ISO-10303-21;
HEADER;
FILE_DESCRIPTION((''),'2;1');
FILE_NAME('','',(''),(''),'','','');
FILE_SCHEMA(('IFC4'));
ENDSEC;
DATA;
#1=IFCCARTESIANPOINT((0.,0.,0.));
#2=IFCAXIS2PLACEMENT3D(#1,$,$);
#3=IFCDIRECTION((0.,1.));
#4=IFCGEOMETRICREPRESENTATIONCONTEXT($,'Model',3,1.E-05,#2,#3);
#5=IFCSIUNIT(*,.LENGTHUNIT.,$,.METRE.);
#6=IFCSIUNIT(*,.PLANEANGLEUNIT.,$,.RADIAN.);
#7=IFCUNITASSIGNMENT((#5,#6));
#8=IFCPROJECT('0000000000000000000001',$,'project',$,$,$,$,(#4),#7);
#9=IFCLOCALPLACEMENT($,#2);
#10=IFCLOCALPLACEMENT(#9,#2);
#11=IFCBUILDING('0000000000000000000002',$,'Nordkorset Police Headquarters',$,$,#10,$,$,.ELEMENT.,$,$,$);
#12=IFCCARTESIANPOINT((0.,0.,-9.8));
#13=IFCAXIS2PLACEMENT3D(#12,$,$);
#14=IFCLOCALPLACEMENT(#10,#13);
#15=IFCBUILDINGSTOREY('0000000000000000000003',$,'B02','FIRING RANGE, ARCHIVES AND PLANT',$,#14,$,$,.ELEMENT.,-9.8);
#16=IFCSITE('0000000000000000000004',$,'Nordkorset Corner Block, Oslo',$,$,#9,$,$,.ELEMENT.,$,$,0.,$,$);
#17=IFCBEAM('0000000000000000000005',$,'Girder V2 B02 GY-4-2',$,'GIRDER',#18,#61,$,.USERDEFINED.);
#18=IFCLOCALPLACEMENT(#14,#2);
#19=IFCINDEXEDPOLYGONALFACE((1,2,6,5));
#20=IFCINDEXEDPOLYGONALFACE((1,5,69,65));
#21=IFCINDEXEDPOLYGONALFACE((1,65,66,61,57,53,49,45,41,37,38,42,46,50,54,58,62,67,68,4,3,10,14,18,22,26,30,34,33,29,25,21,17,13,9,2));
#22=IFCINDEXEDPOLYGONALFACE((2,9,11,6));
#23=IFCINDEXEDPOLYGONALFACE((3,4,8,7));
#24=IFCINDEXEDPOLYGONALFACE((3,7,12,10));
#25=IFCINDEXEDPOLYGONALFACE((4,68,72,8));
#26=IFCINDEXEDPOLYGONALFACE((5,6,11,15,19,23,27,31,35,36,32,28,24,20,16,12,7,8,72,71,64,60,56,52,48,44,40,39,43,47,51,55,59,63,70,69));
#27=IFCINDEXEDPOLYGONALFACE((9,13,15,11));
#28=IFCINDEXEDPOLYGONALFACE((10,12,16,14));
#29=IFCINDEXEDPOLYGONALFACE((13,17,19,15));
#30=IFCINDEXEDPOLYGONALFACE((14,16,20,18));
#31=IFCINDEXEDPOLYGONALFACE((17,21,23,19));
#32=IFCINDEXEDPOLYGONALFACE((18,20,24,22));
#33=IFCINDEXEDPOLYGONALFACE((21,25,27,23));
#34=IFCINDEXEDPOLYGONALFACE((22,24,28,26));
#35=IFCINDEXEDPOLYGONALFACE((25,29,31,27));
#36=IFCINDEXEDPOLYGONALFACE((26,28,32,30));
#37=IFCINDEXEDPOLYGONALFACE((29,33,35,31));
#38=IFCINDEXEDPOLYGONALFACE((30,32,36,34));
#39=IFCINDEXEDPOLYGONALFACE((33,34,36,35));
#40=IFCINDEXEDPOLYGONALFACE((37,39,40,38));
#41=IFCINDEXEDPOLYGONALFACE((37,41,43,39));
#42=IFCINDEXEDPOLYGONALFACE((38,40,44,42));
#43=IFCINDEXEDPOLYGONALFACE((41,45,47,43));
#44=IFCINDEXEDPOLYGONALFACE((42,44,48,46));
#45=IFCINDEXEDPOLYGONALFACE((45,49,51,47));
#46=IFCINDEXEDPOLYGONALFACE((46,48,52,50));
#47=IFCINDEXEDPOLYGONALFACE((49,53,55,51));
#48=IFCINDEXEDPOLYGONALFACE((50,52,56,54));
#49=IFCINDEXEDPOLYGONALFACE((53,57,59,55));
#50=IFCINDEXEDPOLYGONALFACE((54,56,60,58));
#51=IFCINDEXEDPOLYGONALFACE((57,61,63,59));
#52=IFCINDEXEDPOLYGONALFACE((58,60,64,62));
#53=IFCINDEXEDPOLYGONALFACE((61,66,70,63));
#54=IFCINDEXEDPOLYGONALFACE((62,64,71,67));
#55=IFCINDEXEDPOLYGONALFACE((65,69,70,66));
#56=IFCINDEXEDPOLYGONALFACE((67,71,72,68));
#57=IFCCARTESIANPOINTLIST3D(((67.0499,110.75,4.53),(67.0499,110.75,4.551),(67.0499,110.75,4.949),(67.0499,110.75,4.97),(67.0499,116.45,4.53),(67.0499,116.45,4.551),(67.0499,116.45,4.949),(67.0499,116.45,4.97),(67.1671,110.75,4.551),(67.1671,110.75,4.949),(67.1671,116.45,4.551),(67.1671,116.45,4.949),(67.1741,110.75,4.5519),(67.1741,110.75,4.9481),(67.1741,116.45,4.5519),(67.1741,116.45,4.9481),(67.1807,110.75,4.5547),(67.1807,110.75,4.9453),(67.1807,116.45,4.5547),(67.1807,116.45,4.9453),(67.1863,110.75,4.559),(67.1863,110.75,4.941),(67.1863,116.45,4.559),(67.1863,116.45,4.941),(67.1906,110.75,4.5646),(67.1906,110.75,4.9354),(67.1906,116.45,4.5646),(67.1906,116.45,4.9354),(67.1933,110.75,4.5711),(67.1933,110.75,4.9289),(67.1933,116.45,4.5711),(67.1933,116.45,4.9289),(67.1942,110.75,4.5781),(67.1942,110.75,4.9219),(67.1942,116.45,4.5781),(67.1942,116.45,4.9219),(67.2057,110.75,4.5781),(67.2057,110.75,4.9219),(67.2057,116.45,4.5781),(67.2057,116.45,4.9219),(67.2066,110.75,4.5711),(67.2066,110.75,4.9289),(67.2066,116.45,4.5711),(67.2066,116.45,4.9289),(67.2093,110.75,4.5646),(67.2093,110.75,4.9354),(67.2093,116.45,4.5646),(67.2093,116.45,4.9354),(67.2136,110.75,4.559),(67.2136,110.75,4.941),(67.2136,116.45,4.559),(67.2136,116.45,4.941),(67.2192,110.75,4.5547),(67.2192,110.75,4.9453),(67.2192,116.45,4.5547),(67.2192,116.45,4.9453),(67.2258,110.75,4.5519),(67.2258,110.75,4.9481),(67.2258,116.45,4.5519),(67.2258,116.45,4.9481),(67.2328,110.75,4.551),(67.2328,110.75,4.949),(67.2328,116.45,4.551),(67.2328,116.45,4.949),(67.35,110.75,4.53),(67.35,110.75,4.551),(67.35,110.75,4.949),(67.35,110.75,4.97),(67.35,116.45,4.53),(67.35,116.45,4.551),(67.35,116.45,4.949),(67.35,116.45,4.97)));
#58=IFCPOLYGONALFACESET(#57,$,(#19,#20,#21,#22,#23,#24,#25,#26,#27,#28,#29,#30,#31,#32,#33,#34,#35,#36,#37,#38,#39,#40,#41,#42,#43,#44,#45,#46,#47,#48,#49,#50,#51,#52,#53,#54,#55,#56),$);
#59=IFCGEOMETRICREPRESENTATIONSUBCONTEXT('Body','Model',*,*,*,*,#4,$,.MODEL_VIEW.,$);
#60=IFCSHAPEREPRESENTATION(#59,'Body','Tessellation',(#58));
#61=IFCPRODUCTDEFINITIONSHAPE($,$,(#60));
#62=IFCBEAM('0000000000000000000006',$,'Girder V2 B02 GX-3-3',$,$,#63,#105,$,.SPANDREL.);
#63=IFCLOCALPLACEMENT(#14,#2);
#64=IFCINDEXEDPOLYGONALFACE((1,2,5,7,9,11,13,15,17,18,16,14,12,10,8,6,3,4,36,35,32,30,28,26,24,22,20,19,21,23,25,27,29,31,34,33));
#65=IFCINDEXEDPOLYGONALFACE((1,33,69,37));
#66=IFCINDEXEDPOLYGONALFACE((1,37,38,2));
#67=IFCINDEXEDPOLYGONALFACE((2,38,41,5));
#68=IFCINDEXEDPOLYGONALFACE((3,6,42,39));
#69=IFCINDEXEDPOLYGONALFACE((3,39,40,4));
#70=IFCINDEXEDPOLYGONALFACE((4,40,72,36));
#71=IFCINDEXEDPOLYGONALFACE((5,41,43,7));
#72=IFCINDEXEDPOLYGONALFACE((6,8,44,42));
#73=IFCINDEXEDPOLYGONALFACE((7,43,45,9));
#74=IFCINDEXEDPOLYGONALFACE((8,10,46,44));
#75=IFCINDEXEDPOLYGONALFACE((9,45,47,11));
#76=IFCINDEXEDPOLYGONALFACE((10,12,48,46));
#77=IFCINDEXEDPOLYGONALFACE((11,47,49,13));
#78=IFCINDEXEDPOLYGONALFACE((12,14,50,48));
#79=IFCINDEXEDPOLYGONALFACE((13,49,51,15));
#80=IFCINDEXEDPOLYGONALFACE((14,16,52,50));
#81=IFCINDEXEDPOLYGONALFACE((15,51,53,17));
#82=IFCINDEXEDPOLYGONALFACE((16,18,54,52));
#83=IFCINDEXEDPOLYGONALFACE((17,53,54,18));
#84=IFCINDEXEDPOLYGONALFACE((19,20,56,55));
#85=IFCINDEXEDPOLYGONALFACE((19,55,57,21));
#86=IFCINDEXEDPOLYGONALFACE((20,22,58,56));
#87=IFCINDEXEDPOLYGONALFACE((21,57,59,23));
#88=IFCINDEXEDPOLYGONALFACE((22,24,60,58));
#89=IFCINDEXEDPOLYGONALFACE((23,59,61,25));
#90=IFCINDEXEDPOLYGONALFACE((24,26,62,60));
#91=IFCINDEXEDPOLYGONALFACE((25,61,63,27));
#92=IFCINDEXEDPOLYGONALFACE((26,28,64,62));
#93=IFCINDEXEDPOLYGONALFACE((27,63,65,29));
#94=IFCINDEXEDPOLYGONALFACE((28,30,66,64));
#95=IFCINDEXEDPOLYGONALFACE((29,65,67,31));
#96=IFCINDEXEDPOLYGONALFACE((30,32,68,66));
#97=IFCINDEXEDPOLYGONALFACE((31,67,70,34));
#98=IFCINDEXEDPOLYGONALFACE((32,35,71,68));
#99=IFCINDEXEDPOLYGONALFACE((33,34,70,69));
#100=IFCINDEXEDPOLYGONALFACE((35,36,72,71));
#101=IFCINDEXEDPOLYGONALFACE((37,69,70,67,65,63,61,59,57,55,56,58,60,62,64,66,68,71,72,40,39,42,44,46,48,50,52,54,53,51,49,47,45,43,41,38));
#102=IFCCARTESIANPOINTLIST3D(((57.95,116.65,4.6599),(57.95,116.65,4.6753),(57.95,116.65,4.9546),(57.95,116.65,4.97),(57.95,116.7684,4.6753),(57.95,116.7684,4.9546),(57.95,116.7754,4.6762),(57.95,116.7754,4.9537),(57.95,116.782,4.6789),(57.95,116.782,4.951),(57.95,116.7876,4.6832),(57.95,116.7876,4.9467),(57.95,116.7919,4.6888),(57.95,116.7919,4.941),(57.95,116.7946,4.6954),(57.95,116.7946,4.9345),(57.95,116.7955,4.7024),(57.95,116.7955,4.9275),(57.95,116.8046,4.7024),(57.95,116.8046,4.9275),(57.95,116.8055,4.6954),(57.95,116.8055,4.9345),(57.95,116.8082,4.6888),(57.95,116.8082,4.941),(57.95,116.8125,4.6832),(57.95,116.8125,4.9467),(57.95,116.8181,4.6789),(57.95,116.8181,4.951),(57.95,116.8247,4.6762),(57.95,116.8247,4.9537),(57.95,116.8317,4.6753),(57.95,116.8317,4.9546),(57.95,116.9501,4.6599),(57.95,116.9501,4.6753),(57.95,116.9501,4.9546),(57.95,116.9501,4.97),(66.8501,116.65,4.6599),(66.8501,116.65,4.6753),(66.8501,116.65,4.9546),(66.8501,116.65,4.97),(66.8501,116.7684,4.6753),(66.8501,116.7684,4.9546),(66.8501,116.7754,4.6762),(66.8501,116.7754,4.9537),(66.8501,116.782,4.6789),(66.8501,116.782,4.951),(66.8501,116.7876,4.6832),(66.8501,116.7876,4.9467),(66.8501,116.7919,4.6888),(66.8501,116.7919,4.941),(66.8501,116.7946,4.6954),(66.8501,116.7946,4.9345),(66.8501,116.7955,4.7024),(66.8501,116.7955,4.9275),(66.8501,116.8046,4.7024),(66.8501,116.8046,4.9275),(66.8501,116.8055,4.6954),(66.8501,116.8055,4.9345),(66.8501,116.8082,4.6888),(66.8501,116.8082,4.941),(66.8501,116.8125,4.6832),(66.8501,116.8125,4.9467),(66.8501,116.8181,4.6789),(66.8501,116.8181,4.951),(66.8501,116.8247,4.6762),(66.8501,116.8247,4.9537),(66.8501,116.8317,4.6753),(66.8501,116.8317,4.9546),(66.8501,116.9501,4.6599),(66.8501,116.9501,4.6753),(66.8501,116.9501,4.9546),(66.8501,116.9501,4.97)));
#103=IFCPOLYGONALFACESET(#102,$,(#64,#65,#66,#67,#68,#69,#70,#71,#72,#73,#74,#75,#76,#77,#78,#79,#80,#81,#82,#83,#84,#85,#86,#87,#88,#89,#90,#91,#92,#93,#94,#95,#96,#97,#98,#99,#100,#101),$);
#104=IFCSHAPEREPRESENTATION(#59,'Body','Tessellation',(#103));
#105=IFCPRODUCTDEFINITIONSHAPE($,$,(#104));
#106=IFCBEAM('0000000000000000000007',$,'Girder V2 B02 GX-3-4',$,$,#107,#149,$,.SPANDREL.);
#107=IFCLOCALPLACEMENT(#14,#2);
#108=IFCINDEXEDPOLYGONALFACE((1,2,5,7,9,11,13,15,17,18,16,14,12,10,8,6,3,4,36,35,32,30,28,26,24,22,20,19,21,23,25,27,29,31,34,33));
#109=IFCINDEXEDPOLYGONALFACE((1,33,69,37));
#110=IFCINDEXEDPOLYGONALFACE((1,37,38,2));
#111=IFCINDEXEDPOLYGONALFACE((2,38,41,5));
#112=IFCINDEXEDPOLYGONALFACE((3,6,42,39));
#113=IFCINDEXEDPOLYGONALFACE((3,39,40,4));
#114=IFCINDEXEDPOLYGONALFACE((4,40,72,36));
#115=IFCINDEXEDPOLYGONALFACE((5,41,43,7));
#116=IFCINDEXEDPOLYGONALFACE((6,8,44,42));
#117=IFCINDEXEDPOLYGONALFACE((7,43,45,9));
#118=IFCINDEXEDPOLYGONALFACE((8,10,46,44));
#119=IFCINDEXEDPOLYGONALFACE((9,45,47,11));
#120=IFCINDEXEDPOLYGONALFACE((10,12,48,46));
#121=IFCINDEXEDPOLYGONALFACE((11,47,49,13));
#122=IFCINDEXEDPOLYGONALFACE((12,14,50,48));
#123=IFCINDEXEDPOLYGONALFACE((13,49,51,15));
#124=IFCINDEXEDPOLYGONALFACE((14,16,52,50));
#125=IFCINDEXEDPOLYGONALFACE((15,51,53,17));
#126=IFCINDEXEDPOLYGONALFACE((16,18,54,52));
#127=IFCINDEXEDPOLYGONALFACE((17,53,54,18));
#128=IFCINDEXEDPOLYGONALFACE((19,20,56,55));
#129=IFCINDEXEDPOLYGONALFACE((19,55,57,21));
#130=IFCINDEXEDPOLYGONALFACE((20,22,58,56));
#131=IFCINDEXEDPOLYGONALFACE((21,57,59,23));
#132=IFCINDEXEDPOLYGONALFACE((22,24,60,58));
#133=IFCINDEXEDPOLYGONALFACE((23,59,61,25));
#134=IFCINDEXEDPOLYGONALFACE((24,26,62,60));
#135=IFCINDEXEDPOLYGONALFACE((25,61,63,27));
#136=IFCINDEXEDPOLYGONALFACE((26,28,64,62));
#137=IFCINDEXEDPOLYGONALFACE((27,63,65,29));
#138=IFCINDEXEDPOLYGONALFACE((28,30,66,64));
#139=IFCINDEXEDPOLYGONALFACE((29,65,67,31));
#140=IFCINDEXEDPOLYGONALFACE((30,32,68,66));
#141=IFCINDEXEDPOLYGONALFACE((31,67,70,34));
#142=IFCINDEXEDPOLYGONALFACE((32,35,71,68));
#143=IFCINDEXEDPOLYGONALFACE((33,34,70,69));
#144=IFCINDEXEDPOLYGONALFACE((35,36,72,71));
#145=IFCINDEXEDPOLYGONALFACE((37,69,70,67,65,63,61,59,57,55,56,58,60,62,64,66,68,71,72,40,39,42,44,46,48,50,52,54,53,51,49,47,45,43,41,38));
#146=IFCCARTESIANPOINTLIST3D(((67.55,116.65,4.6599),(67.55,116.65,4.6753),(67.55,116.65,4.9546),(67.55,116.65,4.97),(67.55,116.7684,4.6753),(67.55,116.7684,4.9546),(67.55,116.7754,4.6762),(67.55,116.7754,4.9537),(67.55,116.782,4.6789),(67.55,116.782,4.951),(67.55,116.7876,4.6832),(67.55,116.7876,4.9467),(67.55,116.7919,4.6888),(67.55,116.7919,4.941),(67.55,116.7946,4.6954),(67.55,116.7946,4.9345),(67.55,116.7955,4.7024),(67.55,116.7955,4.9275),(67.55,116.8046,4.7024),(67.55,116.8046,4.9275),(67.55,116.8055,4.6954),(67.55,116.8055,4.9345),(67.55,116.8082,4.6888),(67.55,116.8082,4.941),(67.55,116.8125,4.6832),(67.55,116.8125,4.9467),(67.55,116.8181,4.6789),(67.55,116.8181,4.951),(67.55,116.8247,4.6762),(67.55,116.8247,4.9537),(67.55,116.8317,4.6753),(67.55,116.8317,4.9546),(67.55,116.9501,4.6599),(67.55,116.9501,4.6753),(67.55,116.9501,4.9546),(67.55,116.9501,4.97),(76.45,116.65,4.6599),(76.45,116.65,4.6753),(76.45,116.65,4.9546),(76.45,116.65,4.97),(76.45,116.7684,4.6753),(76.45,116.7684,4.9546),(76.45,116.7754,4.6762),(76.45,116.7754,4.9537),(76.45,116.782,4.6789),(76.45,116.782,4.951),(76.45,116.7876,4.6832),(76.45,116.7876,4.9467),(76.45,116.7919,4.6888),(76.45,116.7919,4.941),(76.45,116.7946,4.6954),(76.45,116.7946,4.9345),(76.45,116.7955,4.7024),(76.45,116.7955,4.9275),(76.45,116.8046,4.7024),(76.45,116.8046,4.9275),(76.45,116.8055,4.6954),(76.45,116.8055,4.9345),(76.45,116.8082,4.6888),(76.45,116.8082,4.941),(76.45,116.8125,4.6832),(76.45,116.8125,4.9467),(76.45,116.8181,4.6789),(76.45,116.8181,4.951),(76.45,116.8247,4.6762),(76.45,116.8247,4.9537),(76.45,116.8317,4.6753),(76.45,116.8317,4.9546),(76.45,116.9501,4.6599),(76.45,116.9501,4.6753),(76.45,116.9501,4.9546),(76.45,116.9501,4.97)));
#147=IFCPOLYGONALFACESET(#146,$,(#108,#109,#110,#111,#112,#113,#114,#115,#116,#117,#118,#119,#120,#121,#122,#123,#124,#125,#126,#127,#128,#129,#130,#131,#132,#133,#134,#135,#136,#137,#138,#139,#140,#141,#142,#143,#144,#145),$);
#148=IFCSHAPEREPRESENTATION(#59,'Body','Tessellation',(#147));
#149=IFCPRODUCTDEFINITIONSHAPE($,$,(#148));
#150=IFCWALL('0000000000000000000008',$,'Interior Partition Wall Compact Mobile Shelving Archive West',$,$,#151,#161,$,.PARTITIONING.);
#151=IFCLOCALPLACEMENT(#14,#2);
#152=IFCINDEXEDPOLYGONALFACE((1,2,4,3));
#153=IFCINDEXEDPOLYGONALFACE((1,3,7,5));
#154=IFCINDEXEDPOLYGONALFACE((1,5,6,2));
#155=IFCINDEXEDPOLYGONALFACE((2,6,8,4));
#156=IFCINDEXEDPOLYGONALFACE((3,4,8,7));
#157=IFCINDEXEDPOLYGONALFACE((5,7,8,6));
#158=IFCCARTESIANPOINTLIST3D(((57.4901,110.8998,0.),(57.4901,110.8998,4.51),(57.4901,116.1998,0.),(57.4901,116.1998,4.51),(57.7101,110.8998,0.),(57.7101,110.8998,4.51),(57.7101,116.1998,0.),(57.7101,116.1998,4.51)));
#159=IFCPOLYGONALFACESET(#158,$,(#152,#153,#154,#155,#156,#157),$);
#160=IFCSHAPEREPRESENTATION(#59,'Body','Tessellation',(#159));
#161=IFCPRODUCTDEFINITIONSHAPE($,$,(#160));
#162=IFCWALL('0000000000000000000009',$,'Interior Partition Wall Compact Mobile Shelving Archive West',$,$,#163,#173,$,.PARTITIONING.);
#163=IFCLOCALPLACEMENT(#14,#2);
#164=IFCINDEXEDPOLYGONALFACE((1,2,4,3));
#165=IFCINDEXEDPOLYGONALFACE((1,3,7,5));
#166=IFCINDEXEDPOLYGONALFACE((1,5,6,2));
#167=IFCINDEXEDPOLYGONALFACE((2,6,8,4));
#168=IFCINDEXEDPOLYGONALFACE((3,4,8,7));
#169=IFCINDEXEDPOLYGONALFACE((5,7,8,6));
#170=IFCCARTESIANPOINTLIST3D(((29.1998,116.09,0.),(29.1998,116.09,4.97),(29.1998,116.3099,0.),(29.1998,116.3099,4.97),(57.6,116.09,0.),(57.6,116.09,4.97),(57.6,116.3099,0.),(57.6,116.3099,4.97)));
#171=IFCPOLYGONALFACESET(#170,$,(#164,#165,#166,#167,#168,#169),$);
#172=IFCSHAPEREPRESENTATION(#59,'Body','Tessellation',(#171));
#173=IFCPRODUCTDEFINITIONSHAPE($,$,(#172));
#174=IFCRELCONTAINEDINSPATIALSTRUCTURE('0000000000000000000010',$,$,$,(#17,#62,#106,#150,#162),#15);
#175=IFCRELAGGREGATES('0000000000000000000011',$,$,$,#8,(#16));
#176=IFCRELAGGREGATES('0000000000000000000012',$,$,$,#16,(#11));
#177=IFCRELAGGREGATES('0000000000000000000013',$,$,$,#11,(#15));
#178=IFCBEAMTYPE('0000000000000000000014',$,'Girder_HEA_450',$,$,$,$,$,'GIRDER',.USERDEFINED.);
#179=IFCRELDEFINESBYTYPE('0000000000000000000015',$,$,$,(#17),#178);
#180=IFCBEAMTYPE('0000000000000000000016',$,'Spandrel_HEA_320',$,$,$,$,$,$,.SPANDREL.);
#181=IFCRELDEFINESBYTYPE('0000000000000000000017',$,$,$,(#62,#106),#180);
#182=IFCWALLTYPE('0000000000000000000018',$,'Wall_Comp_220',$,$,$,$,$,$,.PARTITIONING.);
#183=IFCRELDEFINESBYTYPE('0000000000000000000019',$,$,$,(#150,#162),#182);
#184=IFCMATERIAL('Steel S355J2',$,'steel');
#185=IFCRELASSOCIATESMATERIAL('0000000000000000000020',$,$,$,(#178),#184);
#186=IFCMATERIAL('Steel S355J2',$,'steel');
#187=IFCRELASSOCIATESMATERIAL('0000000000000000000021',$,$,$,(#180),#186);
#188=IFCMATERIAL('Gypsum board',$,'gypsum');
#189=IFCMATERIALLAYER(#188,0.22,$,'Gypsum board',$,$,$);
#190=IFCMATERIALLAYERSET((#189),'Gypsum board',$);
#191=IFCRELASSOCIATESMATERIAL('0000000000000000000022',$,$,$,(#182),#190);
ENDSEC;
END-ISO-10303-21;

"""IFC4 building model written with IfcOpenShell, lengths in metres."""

from ifc_helpers import new_model, si_unit, direction, frame, frame_2d, origin, origin_2d, place, context, subcontext, project, spatial, rectangle, i_section, extrude, material, layer, layer_set, material_profile, profile_set, type_object, element, save


model = new_model("IFC4")

# Units and contexts
model_context = context("Model", 3, precision=1e-05, world=origin(), true_north=direction((0.0, 1.0)))
body_context = subcontext(model_context, "Body", "Model", "MODEL_VIEW")
ifc_project = project(units=[si_unit("LENGTHUNIT", "METRE"), si_unit("PLANEANGLEUNIT", "RADIAN")], contexts=[model_context])

# Site, building, storey
site_placement = place(None, origin())
site = spatial("IfcSite", under=ifc_project, at=site_placement, Name="Nordkorset Corner Block, Oslo", CompositionType="ELEMENT", RefElevation=0.0)
building_placement = place(site_placement, origin())
building = spatial("IfcBuilding", under=site, at=building_placement, Name="Nordkorset Police Headquarters", CompositionType="ELEMENT")
storey_placement = place(building_placement, frame((0.0, 0.0, -9.8)))
storey = spatial("IfcBuildingStorey", under=building, at=storey_placement, Name="B02", Description="FIRING RANGE, ARCHIVES AND PLANT", CompositionType="ELEMENT", Elevation=-9.8)

# Beams
ifc_material_1 = material(Name="Steel S355J2", Category="steel")
ifc_material_profile_1 = material_profile(ifc_material_1, i_section(OverallWidth=0.3, OverallDepth=0.4399, WebThickness=0.0115, FlangeThickness=0.021, FilletRadius=0.0271, at=origin_2d()), Name="HEA 450")
ifc_profile_set_1 = profile_set([ifc_material_profile_1], Name="Steel S355J2")
beam_type_1 = type_object("IfcBeamType", Name="Girder_HEA_450", ElementType="GIRDER", PredefinedType="USERDEFINED", material=ifc_profile_set_1)
beam_1_placement = place(storey_placement, frame((67.2, 110.75, 4.75), z_axis=(0.0, 1.0, 0.0), x_axis=(-1.0, 0.0, 0.0)))
element("IfcBeam", 1, at=beam_1_placement, inside=storey, type_object=beam_type_1, Name="Girder V2 B02 GY-4-2", ObjectType="GIRDER", PredefinedType="USERDEFINED", context=body_context, shape_type="SweptSolid", body=[
    extrude(i_section(OverallWidth=0.3, OverallDepth=0.4399, WebThickness=0.0115, FlangeThickness=0.021, FilletRadius=0.0271, at=origin_2d()), origin(), (0.0, 0.0, 1.0), 5.7),
])
ifc_material_2 = material(Name="Steel S355J2", Category="steel")
ifc_material_profile_2 = material_profile(ifc_material_2, i_section(OverallWidth=0.3, OverallDepth=0.3101, WebThickness=0.009, FlangeThickness=0.0154, FilletRadius=0.0271, at=origin_2d()), Name="HEA 320")
ifc_profile_set_2 = profile_set([ifc_material_profile_2], Name="Steel S355J2")
beam_type_2 = type_object("IfcBeamType", Name="Spandrel_HEA_320", PredefinedType="SPANDREL", material=ifc_profile_set_2)
beam_2_placement = place(storey_placement, frame((57.95, 116.8, 4.8149), z_axis=(1.0, 0.0, 0.0), x_axis=(0.0, 1.0, 0.0)))
element("IfcBeam", 2, at=beam_2_placement, inside=storey, type_object=beam_type_2, Name="Girder V2 B02 GX-3-3", PredefinedType="SPANDREL", context=body_context, shape_type="SweptSolid", body=[
    extrude(i_section(OverallWidth=0.3, OverallDepth=0.3101, WebThickness=0.009, FlangeThickness=0.0154, FilletRadius=0.0271, at=origin_2d()), origin(), (0.0, 0.0, 1.0), 8.9001),
])
beam_3_placement = place(storey_placement, frame((67.55, 116.8, 4.8149), z_axis=(1.0, 0.0, 0.0), x_axis=(0.0, 1.0, 0.0)))
element("IfcBeam", 3, at=beam_3_placement, inside=storey, type_object=beam_type_2, Name="Girder V2 B02 GX-3-4", PredefinedType="SPANDREL", context=body_context, shape_type="SweptSolid", body=[
    extrude(i_section(OverallWidth=0.3, OverallDepth=0.3101, WebThickness=0.009, FlangeThickness=0.0154, FilletRadius=0.0271, at=origin_2d()), origin(), (0.0, 0.0, 1.0), 8.8999),
])

# Walls
ifc_material_3 = material(Name="Gypsum board", Category="gypsum")
ifc_layer_1 = layer(ifc_material_3, 0.22, Name="Gypsum board")
ifc_layer_set_1 = layer_set([ifc_layer_1], Name="Gypsum board")
wall_type_1 = type_object("IfcWallType", Name="Wall_Comp_220", PredefinedType="PARTITIONING", material=ifc_layer_set_1)
wall_1_placement = place(storey_placement, frame((57.6001, 110.8999, 0.0), z_axis=(0.0, 0.0, 1.0), x_axis=(0.0, 1.0, 0.0)))
element("IfcWall", 4, at=wall_1_placement, inside=storey, type_object=wall_type_1, Name="Interior Partition Wall Compact Mobile Shelving Archive West", PredefinedType="PARTITIONING", context=body_context, shape_type="SweptSolid", body=[
    extrude(rectangle(XDim=5.3, YDim=0.22, at=frame_2d((2.6499, 0.0))), origin(), (0.0, 0.0, 1.0), 4.51),
])
wall_2_placement = place(storey_placement, frame((57.6001, 116.2, 0.0), z_axis=(0.0, 0.0, 1.0), x_axis=(-1.0, 0.0, 0.0)))
element("IfcWall", 5, at=wall_2_placement, inside=storey, type_object=wall_type_1, Name="Interior Partition Wall Compact Mobile Shelving Archive West", PredefinedType="PARTITIONING", context=body_context, shape_type="SweptSolid", body=[
    extrude(rectangle(XDim=28.4001, YDim=0.22, at=frame_2d((14.2002, 0.0))), origin(), (0.0, 0.0, 1.0), 4.97),
])

save(model, "model.ifc")
